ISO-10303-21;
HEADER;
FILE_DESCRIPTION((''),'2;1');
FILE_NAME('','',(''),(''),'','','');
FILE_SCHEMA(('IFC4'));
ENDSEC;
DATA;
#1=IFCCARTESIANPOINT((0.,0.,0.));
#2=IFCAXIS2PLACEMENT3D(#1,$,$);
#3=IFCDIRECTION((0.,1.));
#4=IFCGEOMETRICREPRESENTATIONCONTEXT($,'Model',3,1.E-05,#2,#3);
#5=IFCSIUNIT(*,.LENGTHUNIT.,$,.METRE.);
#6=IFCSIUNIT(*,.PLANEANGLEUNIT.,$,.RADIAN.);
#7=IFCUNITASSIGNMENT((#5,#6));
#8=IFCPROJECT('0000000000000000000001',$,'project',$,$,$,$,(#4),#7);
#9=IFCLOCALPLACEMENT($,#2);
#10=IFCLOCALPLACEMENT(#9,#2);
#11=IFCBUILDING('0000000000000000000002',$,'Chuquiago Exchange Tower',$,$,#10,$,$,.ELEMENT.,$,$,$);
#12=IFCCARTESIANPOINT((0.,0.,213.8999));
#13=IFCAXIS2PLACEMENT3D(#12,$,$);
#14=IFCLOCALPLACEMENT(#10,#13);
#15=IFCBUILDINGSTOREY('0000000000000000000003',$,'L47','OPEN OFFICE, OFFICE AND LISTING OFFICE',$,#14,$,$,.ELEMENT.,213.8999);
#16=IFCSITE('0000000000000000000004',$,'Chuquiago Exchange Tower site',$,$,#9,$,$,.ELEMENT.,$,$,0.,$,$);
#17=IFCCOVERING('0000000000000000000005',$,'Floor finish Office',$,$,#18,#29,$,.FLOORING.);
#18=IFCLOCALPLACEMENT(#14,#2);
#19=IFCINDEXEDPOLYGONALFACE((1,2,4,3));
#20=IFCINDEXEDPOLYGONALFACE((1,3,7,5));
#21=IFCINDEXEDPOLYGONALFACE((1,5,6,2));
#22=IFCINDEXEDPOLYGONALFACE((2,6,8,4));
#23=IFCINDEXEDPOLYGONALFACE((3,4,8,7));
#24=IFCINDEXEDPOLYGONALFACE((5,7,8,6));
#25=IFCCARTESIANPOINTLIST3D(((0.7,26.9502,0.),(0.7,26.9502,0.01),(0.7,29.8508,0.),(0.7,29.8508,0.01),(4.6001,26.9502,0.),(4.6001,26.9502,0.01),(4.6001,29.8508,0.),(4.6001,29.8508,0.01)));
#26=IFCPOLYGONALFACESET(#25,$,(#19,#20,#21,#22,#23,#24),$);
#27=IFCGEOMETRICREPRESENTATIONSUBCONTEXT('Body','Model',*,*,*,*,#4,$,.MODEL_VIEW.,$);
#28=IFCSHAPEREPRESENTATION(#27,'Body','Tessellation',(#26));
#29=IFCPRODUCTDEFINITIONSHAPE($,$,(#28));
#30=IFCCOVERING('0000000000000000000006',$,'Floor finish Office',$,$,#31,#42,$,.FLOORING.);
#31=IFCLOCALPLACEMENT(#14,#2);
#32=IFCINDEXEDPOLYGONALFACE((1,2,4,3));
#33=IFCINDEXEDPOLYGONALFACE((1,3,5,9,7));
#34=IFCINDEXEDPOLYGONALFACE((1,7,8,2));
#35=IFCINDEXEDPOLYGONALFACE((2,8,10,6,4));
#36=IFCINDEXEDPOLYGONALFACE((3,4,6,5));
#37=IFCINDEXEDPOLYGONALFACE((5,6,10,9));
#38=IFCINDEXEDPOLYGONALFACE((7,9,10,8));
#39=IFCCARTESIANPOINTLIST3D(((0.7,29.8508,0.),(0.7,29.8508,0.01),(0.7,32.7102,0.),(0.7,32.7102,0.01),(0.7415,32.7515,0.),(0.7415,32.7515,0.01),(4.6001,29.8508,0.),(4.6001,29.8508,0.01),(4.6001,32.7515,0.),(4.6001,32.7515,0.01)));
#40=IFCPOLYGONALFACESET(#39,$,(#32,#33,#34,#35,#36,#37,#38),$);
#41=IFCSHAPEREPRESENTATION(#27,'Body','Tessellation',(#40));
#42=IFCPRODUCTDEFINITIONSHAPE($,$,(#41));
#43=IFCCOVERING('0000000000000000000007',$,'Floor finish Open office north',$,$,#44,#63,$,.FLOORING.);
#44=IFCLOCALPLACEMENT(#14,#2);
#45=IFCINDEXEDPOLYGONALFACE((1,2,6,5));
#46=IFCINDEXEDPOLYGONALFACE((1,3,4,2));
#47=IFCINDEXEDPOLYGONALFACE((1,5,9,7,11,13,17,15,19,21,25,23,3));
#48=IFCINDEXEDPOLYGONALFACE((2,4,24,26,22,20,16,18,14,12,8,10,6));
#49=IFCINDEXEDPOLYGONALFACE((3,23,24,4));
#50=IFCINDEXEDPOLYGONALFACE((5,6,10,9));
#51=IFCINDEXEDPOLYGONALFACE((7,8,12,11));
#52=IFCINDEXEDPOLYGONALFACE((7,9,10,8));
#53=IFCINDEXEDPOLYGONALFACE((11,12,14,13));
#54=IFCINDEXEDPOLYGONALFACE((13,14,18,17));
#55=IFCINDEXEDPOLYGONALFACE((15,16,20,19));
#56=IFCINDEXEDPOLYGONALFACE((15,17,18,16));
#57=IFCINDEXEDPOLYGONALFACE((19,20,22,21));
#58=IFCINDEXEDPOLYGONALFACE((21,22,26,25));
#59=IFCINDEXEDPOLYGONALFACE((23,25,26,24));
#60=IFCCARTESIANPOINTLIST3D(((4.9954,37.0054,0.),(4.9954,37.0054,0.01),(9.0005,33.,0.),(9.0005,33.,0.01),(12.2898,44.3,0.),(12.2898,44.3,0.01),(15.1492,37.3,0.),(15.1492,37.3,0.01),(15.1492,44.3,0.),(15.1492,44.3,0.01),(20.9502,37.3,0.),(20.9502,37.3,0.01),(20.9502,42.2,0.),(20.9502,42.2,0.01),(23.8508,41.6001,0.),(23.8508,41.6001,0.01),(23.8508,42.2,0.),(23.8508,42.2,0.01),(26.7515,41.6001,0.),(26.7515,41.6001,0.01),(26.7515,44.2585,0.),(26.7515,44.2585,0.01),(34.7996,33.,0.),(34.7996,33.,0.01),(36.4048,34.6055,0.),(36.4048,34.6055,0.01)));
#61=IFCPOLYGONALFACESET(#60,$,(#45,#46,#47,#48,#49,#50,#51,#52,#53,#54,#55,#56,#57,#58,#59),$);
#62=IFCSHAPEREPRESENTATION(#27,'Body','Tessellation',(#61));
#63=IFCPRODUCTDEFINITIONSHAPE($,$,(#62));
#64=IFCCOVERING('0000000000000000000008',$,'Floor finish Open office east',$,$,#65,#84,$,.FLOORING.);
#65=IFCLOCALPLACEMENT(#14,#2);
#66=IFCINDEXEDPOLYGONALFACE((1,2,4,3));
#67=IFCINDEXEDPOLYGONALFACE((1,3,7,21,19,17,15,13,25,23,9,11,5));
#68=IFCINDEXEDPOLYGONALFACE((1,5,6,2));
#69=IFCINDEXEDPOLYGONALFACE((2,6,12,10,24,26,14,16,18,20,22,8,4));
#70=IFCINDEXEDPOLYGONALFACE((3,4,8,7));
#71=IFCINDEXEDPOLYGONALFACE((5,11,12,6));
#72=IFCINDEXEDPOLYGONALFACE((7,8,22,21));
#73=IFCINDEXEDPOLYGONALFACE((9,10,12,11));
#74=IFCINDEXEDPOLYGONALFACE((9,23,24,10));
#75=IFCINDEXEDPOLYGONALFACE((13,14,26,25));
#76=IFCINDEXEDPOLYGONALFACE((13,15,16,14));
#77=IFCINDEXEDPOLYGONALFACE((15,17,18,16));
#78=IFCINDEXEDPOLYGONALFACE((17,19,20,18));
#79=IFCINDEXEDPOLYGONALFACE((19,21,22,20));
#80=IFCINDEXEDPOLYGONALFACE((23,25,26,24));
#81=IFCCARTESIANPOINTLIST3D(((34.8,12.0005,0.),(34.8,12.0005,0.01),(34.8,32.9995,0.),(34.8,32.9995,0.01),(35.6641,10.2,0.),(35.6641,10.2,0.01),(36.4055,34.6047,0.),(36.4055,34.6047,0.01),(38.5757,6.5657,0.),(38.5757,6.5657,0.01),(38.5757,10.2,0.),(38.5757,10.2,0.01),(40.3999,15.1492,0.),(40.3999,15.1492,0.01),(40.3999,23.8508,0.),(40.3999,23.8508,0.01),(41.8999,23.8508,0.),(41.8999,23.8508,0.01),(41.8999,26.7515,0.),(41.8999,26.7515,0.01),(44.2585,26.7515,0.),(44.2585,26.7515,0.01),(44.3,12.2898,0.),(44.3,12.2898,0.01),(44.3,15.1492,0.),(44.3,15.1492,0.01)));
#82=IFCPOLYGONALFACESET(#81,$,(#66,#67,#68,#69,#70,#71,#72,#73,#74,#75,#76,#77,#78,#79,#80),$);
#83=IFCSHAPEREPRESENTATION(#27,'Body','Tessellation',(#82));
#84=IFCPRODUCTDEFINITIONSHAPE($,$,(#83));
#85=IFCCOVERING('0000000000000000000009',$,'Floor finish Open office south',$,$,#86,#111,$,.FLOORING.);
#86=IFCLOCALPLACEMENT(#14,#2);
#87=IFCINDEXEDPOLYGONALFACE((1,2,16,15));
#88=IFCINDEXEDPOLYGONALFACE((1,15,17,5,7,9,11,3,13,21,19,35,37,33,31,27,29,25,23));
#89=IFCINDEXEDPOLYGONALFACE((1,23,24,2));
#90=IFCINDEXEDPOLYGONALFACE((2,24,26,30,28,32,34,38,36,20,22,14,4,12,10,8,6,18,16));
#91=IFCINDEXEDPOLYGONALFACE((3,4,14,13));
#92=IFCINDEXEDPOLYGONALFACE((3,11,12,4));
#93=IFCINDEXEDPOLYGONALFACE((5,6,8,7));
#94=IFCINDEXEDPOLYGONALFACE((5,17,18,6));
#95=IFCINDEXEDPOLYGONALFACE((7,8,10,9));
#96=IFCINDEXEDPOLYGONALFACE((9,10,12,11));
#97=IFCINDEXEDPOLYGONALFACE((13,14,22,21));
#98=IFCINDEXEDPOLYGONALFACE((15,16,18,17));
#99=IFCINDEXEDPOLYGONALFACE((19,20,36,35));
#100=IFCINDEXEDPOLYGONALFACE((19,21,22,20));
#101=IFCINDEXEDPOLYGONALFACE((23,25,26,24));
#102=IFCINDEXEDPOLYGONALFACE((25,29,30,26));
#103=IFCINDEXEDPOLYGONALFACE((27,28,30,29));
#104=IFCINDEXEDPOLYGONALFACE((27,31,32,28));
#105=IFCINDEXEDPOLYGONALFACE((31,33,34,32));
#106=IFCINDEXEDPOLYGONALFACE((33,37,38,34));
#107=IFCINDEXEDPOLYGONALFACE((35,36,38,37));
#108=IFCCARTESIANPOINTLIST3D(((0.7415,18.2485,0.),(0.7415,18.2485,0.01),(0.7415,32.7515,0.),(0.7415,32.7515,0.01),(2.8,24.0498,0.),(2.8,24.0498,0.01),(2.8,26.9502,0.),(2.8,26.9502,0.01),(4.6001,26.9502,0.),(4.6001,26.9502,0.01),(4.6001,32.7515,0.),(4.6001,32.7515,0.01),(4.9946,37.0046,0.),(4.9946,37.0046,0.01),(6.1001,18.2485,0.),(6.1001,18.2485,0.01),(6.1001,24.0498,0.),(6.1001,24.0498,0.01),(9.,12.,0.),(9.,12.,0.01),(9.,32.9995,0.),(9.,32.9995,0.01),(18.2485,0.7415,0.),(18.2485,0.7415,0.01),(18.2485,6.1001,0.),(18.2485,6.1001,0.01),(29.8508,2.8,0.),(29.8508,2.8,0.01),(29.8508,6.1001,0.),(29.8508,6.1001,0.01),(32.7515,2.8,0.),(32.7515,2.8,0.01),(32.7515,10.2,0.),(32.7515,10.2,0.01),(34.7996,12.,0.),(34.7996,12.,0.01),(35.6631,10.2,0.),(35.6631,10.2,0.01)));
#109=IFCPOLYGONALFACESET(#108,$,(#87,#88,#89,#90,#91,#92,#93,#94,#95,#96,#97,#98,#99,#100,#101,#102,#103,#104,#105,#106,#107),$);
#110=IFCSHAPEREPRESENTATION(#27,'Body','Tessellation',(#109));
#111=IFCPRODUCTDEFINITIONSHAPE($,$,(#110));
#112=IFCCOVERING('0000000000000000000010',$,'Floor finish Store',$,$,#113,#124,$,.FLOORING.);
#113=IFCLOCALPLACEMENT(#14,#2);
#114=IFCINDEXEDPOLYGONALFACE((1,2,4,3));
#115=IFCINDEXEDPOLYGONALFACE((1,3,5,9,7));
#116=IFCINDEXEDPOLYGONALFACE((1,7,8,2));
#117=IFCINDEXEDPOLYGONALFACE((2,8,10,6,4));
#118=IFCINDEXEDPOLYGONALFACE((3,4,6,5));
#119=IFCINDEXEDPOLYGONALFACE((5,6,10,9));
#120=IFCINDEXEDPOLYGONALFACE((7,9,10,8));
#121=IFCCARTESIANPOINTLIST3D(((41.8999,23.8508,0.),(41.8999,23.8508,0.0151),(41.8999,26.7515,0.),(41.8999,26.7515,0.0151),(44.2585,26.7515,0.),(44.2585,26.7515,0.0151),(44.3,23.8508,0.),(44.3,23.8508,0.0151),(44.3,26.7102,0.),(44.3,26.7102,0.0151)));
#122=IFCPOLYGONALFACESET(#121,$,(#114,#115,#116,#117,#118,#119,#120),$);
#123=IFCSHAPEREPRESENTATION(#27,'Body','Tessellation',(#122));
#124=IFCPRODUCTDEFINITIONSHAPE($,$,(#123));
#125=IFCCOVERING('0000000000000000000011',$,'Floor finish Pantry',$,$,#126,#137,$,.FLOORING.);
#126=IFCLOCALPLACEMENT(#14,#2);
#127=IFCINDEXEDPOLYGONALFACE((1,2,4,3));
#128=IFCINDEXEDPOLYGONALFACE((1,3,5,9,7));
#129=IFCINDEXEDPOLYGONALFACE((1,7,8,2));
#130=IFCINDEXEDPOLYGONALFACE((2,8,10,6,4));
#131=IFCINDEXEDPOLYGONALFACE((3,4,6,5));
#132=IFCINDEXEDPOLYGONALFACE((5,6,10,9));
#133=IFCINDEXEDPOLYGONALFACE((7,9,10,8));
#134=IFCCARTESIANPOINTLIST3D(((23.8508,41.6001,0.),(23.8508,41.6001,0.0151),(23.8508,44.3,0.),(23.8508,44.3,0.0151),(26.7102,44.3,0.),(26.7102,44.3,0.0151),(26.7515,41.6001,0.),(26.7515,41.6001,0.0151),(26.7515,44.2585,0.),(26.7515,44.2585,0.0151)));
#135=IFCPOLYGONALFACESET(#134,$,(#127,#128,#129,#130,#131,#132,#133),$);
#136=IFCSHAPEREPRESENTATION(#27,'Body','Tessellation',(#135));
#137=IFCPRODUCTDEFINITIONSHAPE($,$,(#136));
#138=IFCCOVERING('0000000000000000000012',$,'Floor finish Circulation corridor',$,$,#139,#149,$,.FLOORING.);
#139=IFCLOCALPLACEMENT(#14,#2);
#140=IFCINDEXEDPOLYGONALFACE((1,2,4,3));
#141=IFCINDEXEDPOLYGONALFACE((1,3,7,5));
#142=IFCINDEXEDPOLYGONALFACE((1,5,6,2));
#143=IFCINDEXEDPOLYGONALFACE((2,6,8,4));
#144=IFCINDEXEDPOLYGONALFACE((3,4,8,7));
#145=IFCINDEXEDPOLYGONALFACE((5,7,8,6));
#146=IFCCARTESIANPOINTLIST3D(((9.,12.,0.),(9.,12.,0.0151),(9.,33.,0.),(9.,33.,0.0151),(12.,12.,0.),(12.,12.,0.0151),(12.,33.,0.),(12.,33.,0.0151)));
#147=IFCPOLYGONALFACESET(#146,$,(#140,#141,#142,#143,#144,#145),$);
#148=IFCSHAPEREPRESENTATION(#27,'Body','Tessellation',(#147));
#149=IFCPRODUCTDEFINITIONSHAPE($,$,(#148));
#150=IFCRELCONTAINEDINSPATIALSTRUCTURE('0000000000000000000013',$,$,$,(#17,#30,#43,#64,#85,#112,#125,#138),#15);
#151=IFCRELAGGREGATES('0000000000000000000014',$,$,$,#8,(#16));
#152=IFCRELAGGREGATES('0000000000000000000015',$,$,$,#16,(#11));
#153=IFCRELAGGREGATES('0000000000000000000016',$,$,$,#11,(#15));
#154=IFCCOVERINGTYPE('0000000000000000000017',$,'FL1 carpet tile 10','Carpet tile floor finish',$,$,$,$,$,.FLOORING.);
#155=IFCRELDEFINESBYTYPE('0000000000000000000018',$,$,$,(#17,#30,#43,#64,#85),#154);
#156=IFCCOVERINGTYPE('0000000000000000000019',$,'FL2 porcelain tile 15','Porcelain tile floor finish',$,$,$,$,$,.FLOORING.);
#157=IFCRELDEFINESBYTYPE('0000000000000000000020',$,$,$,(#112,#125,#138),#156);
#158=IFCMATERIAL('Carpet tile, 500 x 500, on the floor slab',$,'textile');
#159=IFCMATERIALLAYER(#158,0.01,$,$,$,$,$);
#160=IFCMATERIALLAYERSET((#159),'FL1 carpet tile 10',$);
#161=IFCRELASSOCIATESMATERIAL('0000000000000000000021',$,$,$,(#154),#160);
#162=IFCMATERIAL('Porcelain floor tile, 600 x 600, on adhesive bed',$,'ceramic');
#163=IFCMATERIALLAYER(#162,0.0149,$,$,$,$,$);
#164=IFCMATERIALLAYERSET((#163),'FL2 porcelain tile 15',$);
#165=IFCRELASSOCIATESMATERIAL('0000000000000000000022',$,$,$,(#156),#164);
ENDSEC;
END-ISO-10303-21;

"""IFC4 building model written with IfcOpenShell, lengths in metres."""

from ifc_helpers import new_model, si_unit, direction, frame, origin, place, context, subcontext, project, spatial, polyline, outline, extrude, material, layer, layer_set, type_object, element, save


model = new_model("IFC4")

# Units and contexts
model_context = context("Model", 3, precision=1e-05, world=origin(), true_north=direction((0.0, 1.0)))
body_context = subcontext(model_context, "Body", "Model", "MODEL_VIEW")
ifc_project = project(units=[si_unit("LENGTHUNIT", "METRE"), si_unit("PLANEANGLEUNIT", "RADIAN")], contexts=[model_context])

# Site, building, storey
site_placement = place(None, origin())
site = spatial("IfcSite", under=ifc_project, at=site_placement, Name="Chuquiago Exchange Tower site", CompositionType="ELEMENT", RefElevation=0.0)
building_placement = place(site_placement, origin())
building = spatial("IfcBuilding", under=site, at=building_placement, Name="Chuquiago Exchange Tower", CompositionType="ELEMENT")
storey_placement = place(building_placement, frame((0.0, 0.0, 213.8999)))
storey = spatial("IfcBuildingStorey", under=building, at=storey_placement, Name="L47", Description="OPEN OFFICE, OFFICE AND LISTING OFFICE", CompositionType="ELEMENT", Elevation=213.8999)

# Coverings
ifc_material_1 = material(Name="Carpet tile, 500 x 500, on the floor slab", Category="textile")
ifc_layer_1 = layer(ifc_material_1, 0.01)
ifc_layer_set_1 = layer_set([ifc_layer_1], Name="FL1 carpet tile 10")
covering_type_1 = type_object("IfcCoveringType", Name="FL1 carpet tile 10", Description="Carpet tile floor finish", PredefinedType="FLOORING", material=ifc_layer_set_1)
covering_1_placement = place(storey_placement, origin())
element("IfcCovering", 1, at=covering_1_placement, inside=storey, type_object=covering_type_1, Name="Floor finish Office", PredefinedType="FLOORING", context=body_context, shape_type="SweptSolid", body=[
    extrude(outline(polyline([(0.7, 29.8508), (4.6001, 29.8508), (4.6001, 26.9502), (0.7, 26.9502), (0.7, 29.8508)])), origin(), (0.0, 0.0, 1.0), 0.01),
])
covering_2_placement = place(storey_placement, origin())
element("IfcCovering", 2, at=covering_2_placement, inside=storey, type_object=covering_type_1, Name="Floor finish Office", PredefinedType="FLOORING", context=body_context, shape_type="SweptSolid", body=[
    extrude(outline(polyline([(0.7, 32.7102), (0.7415, 32.7515), (4.6001, 32.7515), (4.6001, 29.8508), (0.7, 29.8508), (0.7, 32.7102)])), origin(), (0.0, 0.0, 1.0), 0.01),
])
covering_3_placement = place(storey_placement, origin())
element("IfcCovering", 3, at=covering_3_placement, inside=storey, type_object=covering_type_1, Name="Floor finish Open office north", PredefinedType="FLOORING", context=body_context, shape_type="SweptSolid", body=[
    extrude(outline(polyline([(15.1492, 37.3), (20.9502, 37.3), (20.9502, 42.2), (23.8508, 42.2), (23.8508, 41.6001), (26.7515, 41.6001), (26.7515, 44.2585), (36.4048, 34.6055), (34.7996, 33.0), (9.0005, 33.0), (4.9954, 37.0054), (12.2898, 44.3), (15.1492, 44.3), (15.1492, 37.3)])), origin(), (0.0, 0.0, 1.0), 0.01),
])
covering_4_placement = place(storey_placement, origin())
element("IfcCovering", 4, at=covering_4_placement, inside=storey, type_object=covering_type_1, Name="Floor finish Open office east", PredefinedType="FLOORING", context=body_context, shape_type="SweptSolid", body=[
    extrude(outline(polyline([(44.2585, 26.7515), (41.8999, 26.7515), (41.8999, 23.8508), (40.3999, 23.8508), (40.3999, 15.1492), (44.3, 15.1492), (44.3, 12.2898), (38.5757, 6.5657), (38.5757, 10.2), (35.6641, 10.2), (34.8, 12.0005), (34.8, 32.9995), (36.4055, 34.6047), (44.2585, 26.7515)])), origin(), (0.0, 0.0, 1.0), 0.01),
])
covering_5_placement = place(storey_placement, origin())
element("IfcCovering", 5, at=covering_5_placement, inside=storey, type_object=covering_type_1, Name="Floor finish Open office south", PredefinedType="FLOORING", context=body_context, shape_type="SweptSolid", body=[
    extrude(outline(polyline([(32.7515, 10.2), (32.7515, 2.8), (29.8508, 2.8), (29.8508, 6.1001), (18.2485, 6.1001), (18.2485, 0.7415), (0.7415, 18.2485), (6.1001, 18.2485), (6.1001, 24.0498), (2.8, 24.0498), (2.8, 26.9502), (4.6001, 26.9502), (4.6001, 32.7515), (0.7415, 32.7515), (4.9946, 37.0046), (9.0, 32.9995), (9.0, 12.0), (34.7996, 12.0), (35.6631, 10.2), (32.7515, 10.2)])), origin(), (0.0, 0.0, 1.0), 0.01),
])
ifc_material_2 = material(Name="Porcelain floor tile, 600 x 600, on adhesive bed", Category="ceramic")
ifc_layer_2 = layer(ifc_material_2, 0.0149)
ifc_layer_set_2 = layer_set([ifc_layer_2], Name="FL2 porcelain tile 15")
covering_type_2 = type_object("IfcCoveringType", Name="FL2 porcelain tile 15", Description="Porcelain tile floor finish", PredefinedType="FLOORING", material=ifc_layer_set_2)
covering_6_placement = place(storey_placement, origin())
element("IfcCovering", 6, at=covering_6_placement, inside=storey, type_object=covering_type_2, Name="Floor finish Store", PredefinedType="FLOORING", context=body_context, shape_type="SweptSolid", body=[
    extrude(outline(polyline([(44.3, 26.7102), (44.3, 23.8508), (41.8999, 23.8508), (41.8999, 26.7515), (44.2585, 26.7515), (44.3, 26.7102)])), origin(), (0.0, 0.0, 1.0), 0.0151),
])
covering_7_placement = place(storey_placement, origin())
element("IfcCovering", 7, at=covering_7_placement, inside=storey, type_object=covering_type_2, Name="Floor finish Pantry", PredefinedType="FLOORING", context=body_context, shape_type="SweptSolid", body=[
    extrude(outline(polyline([(26.7102, 44.3), (26.7515, 44.2585), (26.7515, 41.6001), (23.8508, 41.6001), (23.8508, 44.3), (26.7102, 44.3)])), origin(), (0.0, 0.0, 1.0), 0.0151),
])
covering_8_placement = place(storey_placement, origin())
element("IfcCovering", 8, at=covering_8_placement, inside=storey, type_object=covering_type_2, Name="Floor finish Circulation corridor", PredefinedType="FLOORING", context=body_context, shape_type="SweptSolid", body=[
    extrude(outline(polyline([(12.0, 12.0), (9.0, 12.0), (9.0, 33.0), (12.0, 33.0), (12.0, 12.0)])), origin(), (0.0, 0.0, 1.0), 0.0151),
])

save(model, "model.ifc")
